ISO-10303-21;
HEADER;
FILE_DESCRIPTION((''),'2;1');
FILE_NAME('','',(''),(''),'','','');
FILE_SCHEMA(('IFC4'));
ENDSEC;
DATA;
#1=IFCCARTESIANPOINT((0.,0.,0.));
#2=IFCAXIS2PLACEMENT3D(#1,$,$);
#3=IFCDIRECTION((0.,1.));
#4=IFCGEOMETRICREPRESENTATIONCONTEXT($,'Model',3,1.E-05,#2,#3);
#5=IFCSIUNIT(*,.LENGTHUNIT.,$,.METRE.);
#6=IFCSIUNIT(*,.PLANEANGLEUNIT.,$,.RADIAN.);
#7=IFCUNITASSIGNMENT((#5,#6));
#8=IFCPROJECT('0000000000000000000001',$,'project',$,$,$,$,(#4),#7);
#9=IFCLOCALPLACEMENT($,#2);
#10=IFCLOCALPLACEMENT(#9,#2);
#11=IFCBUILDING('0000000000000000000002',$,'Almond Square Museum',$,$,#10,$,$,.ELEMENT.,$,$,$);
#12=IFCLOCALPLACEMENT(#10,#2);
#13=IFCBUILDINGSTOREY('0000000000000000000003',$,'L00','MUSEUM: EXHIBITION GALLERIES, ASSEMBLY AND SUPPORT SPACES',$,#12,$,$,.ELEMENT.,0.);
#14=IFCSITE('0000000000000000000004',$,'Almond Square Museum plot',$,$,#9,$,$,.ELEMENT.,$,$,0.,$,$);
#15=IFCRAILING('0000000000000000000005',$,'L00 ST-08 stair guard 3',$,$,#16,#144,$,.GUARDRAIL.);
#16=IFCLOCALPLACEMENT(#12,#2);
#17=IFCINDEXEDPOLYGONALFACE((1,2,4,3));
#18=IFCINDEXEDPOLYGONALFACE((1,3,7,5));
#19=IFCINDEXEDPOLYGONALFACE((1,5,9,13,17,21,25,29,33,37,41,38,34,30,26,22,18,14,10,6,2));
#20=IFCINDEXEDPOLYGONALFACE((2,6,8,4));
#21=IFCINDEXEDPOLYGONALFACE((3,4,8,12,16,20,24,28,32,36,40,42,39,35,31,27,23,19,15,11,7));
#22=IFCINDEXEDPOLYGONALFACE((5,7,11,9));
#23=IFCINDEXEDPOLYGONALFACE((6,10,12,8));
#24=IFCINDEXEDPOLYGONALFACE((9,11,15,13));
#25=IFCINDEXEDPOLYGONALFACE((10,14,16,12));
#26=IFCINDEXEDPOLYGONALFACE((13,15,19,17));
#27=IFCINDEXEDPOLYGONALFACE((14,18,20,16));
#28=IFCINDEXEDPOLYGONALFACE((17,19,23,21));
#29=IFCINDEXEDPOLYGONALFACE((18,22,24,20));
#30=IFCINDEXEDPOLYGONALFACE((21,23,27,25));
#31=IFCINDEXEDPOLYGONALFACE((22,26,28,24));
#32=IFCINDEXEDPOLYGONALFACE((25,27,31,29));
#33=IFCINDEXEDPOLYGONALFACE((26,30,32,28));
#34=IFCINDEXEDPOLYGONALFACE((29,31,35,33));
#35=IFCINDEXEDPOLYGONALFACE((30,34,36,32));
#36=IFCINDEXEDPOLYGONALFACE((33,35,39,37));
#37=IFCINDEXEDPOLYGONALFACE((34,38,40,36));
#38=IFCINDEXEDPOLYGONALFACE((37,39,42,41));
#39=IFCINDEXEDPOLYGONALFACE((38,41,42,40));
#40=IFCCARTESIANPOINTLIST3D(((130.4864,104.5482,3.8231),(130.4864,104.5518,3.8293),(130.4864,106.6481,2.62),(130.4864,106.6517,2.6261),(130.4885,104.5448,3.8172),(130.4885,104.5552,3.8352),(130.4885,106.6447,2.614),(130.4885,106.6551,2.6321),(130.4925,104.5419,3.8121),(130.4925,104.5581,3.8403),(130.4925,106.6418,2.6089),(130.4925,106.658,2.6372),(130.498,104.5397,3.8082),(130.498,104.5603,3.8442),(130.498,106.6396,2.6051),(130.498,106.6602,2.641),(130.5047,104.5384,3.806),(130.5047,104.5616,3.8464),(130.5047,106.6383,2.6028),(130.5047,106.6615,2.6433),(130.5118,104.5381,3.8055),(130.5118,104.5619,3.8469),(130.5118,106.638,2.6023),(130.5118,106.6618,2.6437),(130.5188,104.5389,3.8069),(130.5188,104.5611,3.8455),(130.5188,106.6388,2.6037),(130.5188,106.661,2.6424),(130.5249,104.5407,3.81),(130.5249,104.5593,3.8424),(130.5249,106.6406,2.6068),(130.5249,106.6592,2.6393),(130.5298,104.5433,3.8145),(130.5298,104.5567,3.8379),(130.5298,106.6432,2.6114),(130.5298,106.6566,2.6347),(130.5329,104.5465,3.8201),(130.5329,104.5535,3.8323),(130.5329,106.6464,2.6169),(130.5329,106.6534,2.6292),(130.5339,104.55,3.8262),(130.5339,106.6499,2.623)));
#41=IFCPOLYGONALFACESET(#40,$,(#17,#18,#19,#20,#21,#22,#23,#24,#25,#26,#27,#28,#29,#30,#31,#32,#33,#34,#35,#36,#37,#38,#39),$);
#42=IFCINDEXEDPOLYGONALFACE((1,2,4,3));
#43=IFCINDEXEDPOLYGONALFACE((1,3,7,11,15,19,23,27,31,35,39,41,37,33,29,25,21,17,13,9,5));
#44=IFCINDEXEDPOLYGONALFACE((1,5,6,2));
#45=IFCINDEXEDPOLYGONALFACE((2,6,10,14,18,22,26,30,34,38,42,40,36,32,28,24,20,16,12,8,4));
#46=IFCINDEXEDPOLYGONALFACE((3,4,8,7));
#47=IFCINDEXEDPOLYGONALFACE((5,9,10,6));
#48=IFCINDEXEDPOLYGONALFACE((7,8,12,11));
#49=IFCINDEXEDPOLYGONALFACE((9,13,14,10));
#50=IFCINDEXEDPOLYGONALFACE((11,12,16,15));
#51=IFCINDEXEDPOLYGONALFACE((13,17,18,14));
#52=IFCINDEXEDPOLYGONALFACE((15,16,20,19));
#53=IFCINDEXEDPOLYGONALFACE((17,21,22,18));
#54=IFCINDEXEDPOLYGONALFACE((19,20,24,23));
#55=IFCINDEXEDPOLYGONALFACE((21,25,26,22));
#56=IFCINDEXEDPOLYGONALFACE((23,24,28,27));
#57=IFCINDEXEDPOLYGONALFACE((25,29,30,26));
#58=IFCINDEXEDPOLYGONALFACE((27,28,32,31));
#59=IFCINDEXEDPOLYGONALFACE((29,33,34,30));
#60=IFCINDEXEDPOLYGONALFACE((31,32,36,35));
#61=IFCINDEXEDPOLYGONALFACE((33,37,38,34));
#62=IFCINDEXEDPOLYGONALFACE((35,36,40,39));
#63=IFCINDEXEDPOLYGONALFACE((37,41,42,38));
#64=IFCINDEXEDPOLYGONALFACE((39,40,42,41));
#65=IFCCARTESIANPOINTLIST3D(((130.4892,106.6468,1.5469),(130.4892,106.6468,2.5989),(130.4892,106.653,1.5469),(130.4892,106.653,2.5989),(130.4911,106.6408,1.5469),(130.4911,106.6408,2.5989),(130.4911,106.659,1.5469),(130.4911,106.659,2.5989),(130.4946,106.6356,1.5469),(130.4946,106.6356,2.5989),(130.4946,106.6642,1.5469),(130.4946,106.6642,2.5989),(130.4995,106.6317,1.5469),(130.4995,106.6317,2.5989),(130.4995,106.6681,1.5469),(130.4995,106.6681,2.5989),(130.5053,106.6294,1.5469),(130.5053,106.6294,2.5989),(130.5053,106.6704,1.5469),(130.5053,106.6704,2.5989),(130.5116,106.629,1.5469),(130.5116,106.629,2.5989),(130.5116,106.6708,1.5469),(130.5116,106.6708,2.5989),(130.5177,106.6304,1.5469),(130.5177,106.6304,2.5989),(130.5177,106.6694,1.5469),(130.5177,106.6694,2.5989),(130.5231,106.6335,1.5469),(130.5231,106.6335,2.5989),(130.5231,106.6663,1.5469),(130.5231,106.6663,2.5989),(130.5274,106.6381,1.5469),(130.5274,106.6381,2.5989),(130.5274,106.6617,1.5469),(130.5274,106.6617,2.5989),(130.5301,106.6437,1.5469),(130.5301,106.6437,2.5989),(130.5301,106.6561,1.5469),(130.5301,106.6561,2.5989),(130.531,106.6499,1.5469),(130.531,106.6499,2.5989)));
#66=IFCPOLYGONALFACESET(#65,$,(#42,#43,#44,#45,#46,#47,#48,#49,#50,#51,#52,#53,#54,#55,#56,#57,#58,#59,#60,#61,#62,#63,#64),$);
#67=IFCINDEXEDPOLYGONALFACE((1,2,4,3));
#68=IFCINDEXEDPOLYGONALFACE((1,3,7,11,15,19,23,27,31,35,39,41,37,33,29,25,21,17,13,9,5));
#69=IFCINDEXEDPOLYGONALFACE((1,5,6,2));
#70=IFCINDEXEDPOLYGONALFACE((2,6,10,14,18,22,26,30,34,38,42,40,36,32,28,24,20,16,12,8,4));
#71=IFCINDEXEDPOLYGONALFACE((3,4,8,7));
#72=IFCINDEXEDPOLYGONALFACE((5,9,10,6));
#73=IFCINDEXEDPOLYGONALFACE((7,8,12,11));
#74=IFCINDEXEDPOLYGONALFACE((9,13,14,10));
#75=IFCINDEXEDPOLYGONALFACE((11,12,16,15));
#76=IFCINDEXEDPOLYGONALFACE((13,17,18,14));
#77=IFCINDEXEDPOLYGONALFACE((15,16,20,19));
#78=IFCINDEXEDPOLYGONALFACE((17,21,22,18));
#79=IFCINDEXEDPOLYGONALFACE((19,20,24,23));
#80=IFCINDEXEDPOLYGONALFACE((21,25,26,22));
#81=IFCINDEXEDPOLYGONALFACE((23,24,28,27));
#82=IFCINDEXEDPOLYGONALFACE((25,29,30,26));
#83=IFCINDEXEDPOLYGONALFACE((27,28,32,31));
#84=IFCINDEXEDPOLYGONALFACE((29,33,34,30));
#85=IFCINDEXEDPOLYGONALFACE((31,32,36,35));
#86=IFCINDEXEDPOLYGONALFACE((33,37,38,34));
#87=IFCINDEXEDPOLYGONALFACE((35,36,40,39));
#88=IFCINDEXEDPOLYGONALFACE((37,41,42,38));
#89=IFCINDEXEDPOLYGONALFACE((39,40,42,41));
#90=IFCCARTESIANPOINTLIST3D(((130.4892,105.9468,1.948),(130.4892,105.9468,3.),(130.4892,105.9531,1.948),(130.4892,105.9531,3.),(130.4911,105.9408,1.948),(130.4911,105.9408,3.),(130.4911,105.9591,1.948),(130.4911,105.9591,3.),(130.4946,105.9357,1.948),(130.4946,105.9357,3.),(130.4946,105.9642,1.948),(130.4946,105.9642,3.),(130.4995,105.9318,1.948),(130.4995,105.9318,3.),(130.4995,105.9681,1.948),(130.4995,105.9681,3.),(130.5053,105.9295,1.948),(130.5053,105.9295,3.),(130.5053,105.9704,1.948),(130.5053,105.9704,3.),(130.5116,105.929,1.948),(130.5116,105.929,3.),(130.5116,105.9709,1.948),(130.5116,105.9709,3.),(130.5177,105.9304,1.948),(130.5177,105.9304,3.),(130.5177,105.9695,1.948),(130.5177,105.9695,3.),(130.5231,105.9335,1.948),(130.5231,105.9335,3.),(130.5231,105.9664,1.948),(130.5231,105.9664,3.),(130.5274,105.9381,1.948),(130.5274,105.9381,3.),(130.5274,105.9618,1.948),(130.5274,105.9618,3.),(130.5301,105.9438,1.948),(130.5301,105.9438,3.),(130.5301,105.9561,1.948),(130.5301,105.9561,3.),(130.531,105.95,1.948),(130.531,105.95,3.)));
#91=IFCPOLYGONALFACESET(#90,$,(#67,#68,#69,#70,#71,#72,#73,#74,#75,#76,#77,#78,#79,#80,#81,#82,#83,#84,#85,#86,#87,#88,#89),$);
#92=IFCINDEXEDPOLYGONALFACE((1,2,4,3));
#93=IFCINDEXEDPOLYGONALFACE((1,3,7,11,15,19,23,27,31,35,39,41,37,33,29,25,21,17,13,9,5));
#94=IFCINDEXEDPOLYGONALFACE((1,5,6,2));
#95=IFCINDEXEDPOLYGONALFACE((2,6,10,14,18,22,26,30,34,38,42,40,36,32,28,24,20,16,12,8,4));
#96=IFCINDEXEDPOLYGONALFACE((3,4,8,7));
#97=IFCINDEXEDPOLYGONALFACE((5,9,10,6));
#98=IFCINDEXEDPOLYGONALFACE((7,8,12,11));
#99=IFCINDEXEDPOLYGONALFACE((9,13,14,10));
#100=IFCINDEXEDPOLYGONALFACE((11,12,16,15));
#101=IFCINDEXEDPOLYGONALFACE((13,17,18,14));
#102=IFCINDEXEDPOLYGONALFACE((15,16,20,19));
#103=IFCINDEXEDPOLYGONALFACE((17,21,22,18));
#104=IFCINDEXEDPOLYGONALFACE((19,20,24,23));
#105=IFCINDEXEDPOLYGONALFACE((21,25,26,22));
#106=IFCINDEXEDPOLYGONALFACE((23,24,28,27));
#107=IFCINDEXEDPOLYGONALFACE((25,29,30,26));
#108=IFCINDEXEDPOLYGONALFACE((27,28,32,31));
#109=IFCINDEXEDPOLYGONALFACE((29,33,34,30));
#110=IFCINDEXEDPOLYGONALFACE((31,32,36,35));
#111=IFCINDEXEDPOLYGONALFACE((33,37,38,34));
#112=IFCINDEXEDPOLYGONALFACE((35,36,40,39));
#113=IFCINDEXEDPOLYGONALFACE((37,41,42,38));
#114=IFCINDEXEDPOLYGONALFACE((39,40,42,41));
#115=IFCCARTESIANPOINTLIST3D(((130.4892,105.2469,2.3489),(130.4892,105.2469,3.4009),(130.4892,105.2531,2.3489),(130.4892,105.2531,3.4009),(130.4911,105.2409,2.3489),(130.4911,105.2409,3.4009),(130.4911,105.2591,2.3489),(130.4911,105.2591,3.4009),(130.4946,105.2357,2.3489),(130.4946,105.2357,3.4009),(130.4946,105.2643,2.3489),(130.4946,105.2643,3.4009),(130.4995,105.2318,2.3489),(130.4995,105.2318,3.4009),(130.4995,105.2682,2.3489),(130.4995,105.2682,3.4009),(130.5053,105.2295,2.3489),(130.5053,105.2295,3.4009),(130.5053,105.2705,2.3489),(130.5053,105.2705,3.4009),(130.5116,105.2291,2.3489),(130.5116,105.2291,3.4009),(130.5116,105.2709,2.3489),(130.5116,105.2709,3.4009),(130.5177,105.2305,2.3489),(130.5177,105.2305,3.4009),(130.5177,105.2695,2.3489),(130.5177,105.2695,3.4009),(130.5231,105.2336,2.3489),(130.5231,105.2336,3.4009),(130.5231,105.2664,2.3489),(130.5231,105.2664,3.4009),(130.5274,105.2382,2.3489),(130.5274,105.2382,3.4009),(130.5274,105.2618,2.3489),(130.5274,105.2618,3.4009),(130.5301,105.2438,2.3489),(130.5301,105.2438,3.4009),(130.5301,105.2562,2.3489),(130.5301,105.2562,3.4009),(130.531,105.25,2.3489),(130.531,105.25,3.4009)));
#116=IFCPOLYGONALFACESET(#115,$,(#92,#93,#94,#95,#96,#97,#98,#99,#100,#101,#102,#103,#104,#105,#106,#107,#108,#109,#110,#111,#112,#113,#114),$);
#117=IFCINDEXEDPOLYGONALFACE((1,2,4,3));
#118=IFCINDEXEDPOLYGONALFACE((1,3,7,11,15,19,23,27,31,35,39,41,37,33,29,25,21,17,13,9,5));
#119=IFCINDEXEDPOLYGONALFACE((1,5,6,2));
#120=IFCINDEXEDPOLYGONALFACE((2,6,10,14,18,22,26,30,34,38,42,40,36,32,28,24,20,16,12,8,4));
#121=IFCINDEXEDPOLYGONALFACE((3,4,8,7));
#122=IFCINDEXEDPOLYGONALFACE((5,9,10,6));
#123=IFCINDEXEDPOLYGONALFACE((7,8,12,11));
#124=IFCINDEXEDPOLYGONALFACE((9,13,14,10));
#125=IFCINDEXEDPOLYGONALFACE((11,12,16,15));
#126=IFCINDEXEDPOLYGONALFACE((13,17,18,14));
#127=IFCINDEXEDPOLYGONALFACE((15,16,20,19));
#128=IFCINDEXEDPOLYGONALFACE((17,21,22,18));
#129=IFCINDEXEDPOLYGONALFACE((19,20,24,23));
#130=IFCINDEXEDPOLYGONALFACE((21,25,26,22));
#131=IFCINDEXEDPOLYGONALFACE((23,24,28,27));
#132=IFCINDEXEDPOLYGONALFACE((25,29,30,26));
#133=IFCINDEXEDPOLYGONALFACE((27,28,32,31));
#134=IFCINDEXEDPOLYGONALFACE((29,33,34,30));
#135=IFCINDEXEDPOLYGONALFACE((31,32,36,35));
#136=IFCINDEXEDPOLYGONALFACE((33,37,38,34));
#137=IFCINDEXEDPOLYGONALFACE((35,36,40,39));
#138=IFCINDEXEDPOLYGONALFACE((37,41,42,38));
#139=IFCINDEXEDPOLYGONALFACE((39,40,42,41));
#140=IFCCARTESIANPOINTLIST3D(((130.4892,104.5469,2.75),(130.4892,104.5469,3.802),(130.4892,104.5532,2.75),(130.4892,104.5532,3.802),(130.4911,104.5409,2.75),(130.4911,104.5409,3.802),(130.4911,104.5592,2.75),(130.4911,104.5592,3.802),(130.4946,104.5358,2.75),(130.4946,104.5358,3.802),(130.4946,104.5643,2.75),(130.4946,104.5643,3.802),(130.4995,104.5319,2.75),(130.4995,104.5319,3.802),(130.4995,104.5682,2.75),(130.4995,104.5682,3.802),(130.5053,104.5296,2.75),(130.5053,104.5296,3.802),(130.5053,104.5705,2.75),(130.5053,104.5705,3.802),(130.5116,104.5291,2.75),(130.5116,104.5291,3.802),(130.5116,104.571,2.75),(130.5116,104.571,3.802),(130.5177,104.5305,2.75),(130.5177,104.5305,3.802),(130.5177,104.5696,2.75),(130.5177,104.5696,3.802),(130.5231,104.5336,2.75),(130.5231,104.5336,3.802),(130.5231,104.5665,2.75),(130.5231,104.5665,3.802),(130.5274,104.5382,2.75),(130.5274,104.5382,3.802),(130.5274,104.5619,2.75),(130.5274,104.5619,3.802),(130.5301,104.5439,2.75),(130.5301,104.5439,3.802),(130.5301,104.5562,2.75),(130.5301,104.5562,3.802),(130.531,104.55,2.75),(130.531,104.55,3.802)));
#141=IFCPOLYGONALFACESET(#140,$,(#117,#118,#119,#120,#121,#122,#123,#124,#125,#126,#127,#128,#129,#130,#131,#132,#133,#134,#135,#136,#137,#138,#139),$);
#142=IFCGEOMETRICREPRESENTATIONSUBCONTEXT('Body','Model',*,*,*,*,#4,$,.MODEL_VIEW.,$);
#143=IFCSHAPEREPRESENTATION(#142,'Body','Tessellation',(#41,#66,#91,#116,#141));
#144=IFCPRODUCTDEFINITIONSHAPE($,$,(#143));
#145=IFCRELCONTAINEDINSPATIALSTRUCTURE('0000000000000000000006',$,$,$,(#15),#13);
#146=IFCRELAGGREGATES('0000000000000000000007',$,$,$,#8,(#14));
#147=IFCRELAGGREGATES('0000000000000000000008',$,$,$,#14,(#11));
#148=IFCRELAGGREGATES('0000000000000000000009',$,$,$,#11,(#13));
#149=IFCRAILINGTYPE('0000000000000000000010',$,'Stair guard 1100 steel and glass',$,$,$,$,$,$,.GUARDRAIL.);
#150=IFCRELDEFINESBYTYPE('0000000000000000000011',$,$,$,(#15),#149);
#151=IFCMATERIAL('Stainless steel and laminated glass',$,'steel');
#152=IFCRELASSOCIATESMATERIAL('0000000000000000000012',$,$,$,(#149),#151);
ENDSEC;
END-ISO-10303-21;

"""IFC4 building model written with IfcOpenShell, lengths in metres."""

from ifc_helpers import new_model, si_unit, direction, frame, origin, origin_2d, place, context, subcontext, project, spatial, circle, extrude, material, type_object, element, save


model = new_model("IFC4")

# Units and contexts
model_context = context("Model", 3, precision=1e-05, world=origin(), true_north=direction((0.0, 1.0)))
body_context = subcontext(model_context, "Body", "Model", "MODEL_VIEW")
ifc_project = project(units=[si_unit("LENGTHUNIT", "METRE"), si_unit("PLANEANGLEUNIT", "RADIAN")], contexts=[model_context])

# Site, building, storey
site_placement = place(None, origin())
site = spatial("IfcSite", under=ifc_project, at=site_placement, Name="Almond Square Museum plot", CompositionType="ELEMENT", RefElevation=0.0)
building_placement = place(site_placement, origin())
building = spatial("IfcBuilding", under=site, at=building_placement, Name="Almond Square Museum", CompositionType="ELEMENT")
storey_placement = place(building_placement, origin())
storey = spatial("IfcBuildingStorey", under=building, at=storey_placement, Name="L00", Description="MUSEUM: EXHIBITION GALLERIES, ASSEMBLY AND SUPPORT SPACES", CompositionType="ELEMENT", Elevation=0.0)

# Railing
ifc_material_1 = material(Name="Stainless steel and laminated glass", Category="steel")
railing_type_1 = type_object("IfcRailingType", Name="Stair guard 1100 steel and glass", PredefinedType="GUARDRAIL", material=ifc_material_1)
railing_1_placement = place(storey_placement, frame((130.51, 106.6499, 1.5469)))
element("IfcRailing", 1, at=railing_1_placement, inside=storey, type_object=railing_type_1, Name="L00 ST-08 stair guard 3", PredefinedType="GUARDRAIL", context=body_context, shape_type="SweptSolid", body=[
    extrude(circle(Radius=0.0239, at=origin_2d()), frame((0.0, 0.0, 1.0762), z_axis=(0.0, -0.867671, 0.497138), x_axis=(1.0, 0.0, 0.0)), (0.0, 0.0, 1.0), 2.4202),
    extrude(circle(Radius=0.021, at=origin_2d()), origin(), (0.0, 0.0, 1.0), 1.052),
    extrude(circle(Radius=0.021, at=origin_2d()), frame((0.0, -0.7, 0.4011)), (0.0, 0.0, 1.0), 1.052),
    extrude(circle(Radius=0.021, at=origin_2d()), frame((0.0, -1.3999, 0.802)), (0.0, 0.0, 1.0), 1.052),
    extrude(circle(Radius=0.021, at=origin_2d()), frame((0.0, -2.0999, 1.2031)), (0.0, 0.0, 1.0), 1.052),
])

save(model, "model.ifc")
